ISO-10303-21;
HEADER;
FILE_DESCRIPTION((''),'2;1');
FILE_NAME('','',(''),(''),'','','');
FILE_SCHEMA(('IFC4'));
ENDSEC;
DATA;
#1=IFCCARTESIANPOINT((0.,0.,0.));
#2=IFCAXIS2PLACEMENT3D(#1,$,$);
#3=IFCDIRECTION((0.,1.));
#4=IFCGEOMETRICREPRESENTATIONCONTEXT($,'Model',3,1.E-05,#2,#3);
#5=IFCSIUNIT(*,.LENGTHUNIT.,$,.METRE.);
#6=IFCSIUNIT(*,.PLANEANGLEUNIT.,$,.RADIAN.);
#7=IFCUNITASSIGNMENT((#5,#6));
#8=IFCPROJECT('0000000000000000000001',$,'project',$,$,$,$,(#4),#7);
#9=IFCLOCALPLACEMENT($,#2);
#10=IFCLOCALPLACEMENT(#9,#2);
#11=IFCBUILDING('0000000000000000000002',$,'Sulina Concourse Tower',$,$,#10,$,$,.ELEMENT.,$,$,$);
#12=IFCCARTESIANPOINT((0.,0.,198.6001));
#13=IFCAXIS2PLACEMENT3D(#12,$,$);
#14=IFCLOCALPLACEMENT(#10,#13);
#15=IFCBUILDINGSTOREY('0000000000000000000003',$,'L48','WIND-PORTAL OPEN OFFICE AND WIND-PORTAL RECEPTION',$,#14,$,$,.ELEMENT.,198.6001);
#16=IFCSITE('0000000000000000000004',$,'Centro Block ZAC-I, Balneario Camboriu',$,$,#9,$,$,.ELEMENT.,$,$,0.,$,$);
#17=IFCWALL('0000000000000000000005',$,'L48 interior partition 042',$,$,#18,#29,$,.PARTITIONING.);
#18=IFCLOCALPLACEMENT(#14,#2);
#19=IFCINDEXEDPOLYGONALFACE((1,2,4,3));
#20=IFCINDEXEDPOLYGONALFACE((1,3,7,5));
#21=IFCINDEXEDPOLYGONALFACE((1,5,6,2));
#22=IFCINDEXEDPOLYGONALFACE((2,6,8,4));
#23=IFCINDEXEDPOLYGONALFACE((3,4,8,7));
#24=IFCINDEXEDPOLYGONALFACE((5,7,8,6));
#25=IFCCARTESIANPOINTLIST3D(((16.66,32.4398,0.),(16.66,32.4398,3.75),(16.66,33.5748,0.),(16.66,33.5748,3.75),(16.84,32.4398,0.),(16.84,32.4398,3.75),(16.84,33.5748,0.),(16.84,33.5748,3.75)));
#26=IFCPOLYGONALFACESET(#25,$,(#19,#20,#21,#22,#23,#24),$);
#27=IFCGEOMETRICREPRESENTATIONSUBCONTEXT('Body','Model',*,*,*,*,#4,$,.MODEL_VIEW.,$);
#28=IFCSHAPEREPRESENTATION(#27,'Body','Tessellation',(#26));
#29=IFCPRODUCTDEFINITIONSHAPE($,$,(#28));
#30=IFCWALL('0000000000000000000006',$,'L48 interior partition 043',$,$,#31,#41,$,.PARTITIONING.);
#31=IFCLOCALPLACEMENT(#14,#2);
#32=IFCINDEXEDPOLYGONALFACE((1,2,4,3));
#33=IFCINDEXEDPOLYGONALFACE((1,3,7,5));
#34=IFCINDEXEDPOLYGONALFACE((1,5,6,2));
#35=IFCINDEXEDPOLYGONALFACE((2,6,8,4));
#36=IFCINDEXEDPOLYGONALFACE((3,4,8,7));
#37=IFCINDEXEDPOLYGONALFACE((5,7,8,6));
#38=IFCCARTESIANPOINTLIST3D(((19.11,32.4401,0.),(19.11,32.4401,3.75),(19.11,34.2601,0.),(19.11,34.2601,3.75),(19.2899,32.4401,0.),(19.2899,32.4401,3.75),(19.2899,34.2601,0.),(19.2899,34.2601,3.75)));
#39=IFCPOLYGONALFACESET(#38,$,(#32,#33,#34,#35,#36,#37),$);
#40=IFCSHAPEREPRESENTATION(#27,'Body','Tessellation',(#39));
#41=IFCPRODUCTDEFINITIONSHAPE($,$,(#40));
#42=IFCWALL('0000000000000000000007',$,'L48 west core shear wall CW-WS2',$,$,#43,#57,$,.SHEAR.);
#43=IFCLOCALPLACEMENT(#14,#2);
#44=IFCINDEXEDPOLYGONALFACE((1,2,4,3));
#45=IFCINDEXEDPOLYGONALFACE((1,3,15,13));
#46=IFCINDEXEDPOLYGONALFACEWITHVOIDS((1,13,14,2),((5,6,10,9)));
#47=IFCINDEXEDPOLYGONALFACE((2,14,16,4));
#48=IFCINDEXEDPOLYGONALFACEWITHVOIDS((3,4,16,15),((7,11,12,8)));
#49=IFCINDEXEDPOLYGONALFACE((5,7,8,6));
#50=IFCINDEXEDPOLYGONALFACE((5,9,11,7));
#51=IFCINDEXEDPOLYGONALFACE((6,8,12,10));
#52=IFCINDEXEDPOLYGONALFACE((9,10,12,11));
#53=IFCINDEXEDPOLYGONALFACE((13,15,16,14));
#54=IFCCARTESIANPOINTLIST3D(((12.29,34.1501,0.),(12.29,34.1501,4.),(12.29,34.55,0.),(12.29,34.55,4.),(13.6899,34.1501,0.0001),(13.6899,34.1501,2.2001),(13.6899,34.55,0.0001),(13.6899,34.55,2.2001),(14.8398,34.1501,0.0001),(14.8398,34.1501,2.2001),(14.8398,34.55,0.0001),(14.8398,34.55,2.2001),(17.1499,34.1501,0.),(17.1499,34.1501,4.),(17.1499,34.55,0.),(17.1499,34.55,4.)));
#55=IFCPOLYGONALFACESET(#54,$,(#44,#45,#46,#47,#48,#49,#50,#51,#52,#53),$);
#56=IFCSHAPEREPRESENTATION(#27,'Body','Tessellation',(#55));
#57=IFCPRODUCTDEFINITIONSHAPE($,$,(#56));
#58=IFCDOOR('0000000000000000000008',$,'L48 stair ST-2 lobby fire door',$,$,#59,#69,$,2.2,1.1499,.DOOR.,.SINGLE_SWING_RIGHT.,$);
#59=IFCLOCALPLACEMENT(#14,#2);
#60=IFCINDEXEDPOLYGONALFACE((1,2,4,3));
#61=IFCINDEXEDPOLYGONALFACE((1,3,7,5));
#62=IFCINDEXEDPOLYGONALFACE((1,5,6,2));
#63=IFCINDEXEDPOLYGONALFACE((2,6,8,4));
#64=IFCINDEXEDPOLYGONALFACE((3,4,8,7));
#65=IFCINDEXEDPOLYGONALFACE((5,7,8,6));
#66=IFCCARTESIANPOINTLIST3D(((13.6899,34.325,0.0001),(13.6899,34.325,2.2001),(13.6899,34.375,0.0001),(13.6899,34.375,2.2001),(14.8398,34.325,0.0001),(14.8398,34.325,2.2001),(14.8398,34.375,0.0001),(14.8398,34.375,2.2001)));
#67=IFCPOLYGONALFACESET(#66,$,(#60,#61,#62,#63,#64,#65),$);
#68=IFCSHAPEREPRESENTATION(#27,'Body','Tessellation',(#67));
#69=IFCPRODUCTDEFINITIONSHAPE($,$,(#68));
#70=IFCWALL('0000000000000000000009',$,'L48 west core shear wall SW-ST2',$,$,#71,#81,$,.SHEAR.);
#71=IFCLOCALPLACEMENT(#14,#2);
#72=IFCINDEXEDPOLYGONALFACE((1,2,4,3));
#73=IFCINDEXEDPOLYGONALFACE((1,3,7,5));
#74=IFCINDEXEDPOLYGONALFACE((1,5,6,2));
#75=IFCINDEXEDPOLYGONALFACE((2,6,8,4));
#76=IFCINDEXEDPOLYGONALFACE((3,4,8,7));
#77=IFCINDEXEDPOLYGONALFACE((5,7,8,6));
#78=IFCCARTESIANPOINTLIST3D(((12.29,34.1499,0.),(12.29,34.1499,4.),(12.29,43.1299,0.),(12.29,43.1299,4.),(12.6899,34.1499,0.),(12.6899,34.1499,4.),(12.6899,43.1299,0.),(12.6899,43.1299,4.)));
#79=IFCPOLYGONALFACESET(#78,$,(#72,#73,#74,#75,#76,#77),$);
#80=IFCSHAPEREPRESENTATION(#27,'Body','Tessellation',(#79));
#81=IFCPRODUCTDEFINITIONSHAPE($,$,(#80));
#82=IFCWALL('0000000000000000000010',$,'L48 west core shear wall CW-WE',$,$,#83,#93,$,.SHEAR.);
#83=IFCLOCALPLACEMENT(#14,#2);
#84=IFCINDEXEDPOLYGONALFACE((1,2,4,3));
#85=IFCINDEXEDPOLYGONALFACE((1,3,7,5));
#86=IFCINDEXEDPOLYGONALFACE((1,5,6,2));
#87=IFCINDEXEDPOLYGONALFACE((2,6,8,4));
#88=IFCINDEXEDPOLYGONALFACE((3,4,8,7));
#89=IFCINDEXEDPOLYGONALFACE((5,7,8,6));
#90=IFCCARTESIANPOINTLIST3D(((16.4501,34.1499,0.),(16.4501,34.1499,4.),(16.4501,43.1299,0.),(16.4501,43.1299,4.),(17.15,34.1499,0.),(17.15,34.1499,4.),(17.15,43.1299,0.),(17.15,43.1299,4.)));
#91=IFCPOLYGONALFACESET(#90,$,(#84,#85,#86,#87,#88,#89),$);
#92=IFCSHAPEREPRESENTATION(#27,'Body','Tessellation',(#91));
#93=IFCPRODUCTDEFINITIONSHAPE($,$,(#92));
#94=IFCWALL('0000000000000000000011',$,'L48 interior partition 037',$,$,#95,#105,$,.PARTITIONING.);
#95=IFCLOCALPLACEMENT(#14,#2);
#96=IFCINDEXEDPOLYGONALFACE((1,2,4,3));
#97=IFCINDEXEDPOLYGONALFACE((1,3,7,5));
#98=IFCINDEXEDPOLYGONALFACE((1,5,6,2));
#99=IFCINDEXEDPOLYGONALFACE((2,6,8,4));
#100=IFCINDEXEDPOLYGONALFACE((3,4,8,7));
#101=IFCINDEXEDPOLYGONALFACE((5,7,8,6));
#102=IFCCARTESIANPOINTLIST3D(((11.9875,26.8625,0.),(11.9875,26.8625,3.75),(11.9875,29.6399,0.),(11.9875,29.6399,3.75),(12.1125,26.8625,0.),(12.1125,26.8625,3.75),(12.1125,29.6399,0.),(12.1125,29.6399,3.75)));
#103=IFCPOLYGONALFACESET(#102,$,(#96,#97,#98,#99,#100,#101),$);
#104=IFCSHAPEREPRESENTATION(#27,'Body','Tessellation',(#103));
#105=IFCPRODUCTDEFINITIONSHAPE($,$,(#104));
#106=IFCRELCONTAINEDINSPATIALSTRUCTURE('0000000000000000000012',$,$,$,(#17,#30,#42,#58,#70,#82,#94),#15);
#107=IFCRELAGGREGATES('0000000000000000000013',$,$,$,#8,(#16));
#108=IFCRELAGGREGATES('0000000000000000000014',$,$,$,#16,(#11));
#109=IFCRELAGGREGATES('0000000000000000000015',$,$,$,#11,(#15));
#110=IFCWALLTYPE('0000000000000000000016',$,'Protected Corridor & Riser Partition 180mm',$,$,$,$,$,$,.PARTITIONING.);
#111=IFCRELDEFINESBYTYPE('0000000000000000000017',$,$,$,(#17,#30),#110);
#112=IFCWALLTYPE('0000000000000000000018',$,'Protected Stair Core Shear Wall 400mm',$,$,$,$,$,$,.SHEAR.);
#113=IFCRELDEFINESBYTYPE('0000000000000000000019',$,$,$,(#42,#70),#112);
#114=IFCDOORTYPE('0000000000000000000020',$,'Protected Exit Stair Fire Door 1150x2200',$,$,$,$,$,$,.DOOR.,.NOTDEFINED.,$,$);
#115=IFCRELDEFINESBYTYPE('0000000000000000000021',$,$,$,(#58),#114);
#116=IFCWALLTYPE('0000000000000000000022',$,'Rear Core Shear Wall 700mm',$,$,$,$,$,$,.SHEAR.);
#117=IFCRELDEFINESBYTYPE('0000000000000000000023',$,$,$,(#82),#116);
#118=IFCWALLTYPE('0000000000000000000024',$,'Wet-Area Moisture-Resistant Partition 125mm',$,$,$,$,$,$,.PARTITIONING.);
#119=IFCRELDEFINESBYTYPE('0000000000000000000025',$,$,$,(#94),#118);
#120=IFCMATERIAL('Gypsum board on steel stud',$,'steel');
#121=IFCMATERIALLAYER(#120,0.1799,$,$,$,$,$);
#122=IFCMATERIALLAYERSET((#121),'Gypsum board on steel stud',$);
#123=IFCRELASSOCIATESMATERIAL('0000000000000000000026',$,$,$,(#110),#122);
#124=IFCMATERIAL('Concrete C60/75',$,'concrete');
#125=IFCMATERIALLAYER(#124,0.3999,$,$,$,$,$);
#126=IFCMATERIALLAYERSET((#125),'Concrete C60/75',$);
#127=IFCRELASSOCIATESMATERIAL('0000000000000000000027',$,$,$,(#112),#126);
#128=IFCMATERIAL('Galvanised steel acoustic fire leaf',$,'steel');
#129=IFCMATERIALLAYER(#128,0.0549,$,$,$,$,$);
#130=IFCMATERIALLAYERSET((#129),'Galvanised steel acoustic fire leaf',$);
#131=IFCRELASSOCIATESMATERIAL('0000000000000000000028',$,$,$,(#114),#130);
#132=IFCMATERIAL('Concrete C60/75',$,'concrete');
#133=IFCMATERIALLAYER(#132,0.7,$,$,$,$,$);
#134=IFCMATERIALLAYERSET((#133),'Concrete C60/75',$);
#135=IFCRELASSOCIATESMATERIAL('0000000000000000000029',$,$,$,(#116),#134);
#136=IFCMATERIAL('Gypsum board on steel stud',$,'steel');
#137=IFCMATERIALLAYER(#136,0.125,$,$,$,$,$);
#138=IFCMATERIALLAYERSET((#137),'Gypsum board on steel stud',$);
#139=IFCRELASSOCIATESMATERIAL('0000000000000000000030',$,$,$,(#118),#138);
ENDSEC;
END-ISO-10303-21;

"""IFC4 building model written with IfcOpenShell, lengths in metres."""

from ifc_helpers import new_model, si_unit, direction, frame, frame_2d, origin, place, context, subcontext, project, spatial, rectangle, extrude, material, layer, layer_set, type_object, element, fill, save


model = new_model("IFC4")

# Units and contexts
model_context = context("Model", 3, precision=1e-05, world=origin(), true_north=direction((0.0, 1.0)))
body_context = subcontext(model_context, "Body", "Model", "MODEL_VIEW")
ifc_project = project(units=[si_unit("LENGTHUNIT", "METRE"), si_unit("PLANEANGLEUNIT", "RADIAN")], contexts=[model_context])

# Site, building, storey
site_placement = place(None, origin())
site = spatial("IfcSite", under=ifc_project, at=site_placement, Name="Centro Block ZAC-I, Balneario Camboriu", CompositionType="ELEMENT", RefElevation=0.0)
building_placement = place(site_placement, origin())
building = spatial("IfcBuilding", under=site, at=building_placement, Name="Sulina Concourse Tower", CompositionType="ELEMENT")
storey_placement = place(building_placement, frame((0.0, 0.0, 198.6001)))
storey = spatial("IfcBuildingStorey", under=building, at=storey_placement, Name="L48", Description="WIND-PORTAL OPEN OFFICE AND WIND-PORTAL RECEPTION", CompositionType="ELEMENT", Elevation=198.6001)

# Walls
ifc_material_1 = material(Name="Gypsum board on steel stud", Category="steel")
ifc_layer_1 = layer(ifc_material_1, 0.1799)
ifc_layer_set_1 = layer_set([ifc_layer_1], Name="Gypsum board on steel stud")
wall_type_1 = type_object("IfcWallType", Name="Protected Corridor & Riser Partition 180mm", PredefinedType="PARTITIONING", material=ifc_layer_set_1)
wall_1_placement = place(storey_placement, frame((16.75, 32.4399, 0.0), z_axis=(0.0, 0.0, 1.0), x_axis=(0.0, 1.0, 0.0)))
element("IfcWall", 1, at=wall_1_placement, inside=storey, type_object=wall_type_1, Name="L48 interior partition 042", PredefinedType="PARTITIONING", context=body_context, shape_type="SweptSolid", body=[
    extrude(rectangle(XDim=1.135, YDim=0.1799, at=frame_2d((0.5674, 0.0))), origin(), (0.0, 0.0, 1.0), 3.75),
])
wall_2_placement = place(storey_placement, frame((19.2, 32.4399, 0.0), z_axis=(0.0, 0.0, 1.0), x_axis=(0.0, 1.0, 0.0)))
element("IfcWall", 2, at=wall_2_placement, inside=storey, type_object=wall_type_1, Name="L48 interior partition 043", PredefinedType="PARTITIONING", context=body_context, shape_type="SweptSolid", body=[
    extrude(rectangle(XDim=1.8201, YDim=0.1799, at=frame_2d((0.9102, 0.0))), origin(), (0.0, 0.0, 1.0), 3.75),
])

# Wall, opening, door
ifc_material_2 = material(Name="Concrete C60/75", Category="concrete")
ifc_layer_2 = layer(ifc_material_2, 0.3999)
ifc_layer_set_2 = layer_set([ifc_layer_2], Name="Concrete C60/75")
wall_type_2 = type_object("IfcWallType", Name="Protected Stair Core Shear Wall 400mm", PredefinedType="SHEAR", material=ifc_layer_set_2)
wall_3_placement = place(storey_placement, frame((12.29, 34.3501, 0.0), z_axis=(0.0, 0.0, 1.0), x_axis=(1.0, 0.0, 0.0)))
wall_3 = element("IfcWall", 3, at=wall_3_placement, inside=storey, type_object=wall_type_2, Name="L48 west core shear wall CW-WS2", PredefinedType="SHEAR", context=body_context, shape_type="SweptSolid", body=[
    extrude(rectangle(XDim=4.8599, YDim=0.3999, at=frame_2d((2.4299, 0.0))), origin(), (0.0, 0.0, 1.0), 4.0),
])
opening_1_placement = place(wall_3_placement, frame((1.3999, 0.0, 0.0)))
opening_1 = element("IfcOpeningElement", 4, at=opening_1_placement, cuts=wall_3, PredefinedType="OPENING", context=body_context, shape_type="SweptSolid", body=[
    extrude(rectangle(XDim=1.1499, YDim=2.2, at=frame_2d((0.575, 1.1001))), frame((0.0, 0.21, 0.0), z_axis=(0.0, -1.0, 0.0), x_axis=(1.0, 0.0, 0.0)), (0.0, 0.0, 1.0), 0.4199),
])
ifc_material_3 = material(Name="Galvanised steel acoustic fire leaf", Category="steel")
ifc_layer_3 = layer(ifc_material_3, 0.0549)
ifc_layer_set_3 = layer_set([ifc_layer_3], Name="Galvanised steel acoustic fire leaf")
door_type_1 = type_object("IfcDoorType", Name="Protected Exit Stair Fire Door 1150x2200", OperationType="NOTDEFINED", PredefinedType="DOOR", material=ifc_layer_set_3)
door_1_placement = place(opening_1_placement, origin())
door_1 = element("IfcDoor", 5, at=door_1_placement, inside=storey, type_object=door_type_1, Name="L48 stair ST-2 lobby fire door", OperationType="SINGLE_SWING_RIGHT", OverallHeight=2.2, OverallWidth=1.1499, PredefinedType="DOOR", context=body_context, shape_type="SweptSolid", body=[
    extrude(rectangle(XDim=1.1499, YDim=2.2, at=frame_2d((0.575, 1.1001))), frame((0.0, 0.0249, 0.0), z_axis=(0.0, -1.0, 0.0), x_axis=(1.0, 0.0, 0.0)), (0.0, 0.0, 1.0), 0.05),
])
fill(opening_1, door_1)

# Walls
wall_4_placement = place(storey_placement, frame((12.49, 34.1499, 0.0), z_axis=(0.0, 0.0, 1.0), x_axis=(0.0, 1.0, 0.0)))
element("IfcWall", 6, at=wall_4_placement, inside=storey, type_object=wall_type_2, Name="L48 west core shear wall SW-ST2", PredefinedType="SHEAR", context=body_context, shape_type="SweptSolid", body=[
    extrude(rectangle(XDim=8.98, YDim=0.3999, at=frame_2d((4.49, 0.0))), origin(), (0.0, 0.0, 1.0), 4.0),
])
ifc_material_4 = material(Name="Concrete C60/75", Category="concrete")
ifc_layer_4 = layer(ifc_material_4, 0.7)
ifc_layer_set_4 = layer_set([ifc_layer_4], Name="Concrete C60/75")
wall_type_3 = type_object("IfcWallType", Name="Rear Core Shear Wall 700mm", PredefinedType="SHEAR", material=ifc_layer_set_4)
wall_5_placement = place(storey_placement, frame((16.8, 34.1499, 0.0), z_axis=(0.0, 0.0, 1.0), x_axis=(0.0, 1.0, 0.0)))
element("IfcWall", 7, at=wall_5_placement, inside=storey, type_object=wall_type_3, Name="L48 west core shear wall CW-WE", PredefinedType="SHEAR", context=body_context, shape_type="SweptSolid", body=[
    extrude(rectangle(XDim=8.98, YDim=0.7, at=frame_2d((4.49, 0.0))), origin(), (0.0, 0.0, 1.0), 4.0),
])
ifc_material_5 = material(Name="Gypsum board on steel stud", Category="steel")
ifc_layer_5 = layer(ifc_material_5, 0.125)
ifc_layer_set_5 = layer_set([ifc_layer_5], Name="Gypsum board on steel stud")
wall_type_4 = type_object("IfcWallType", Name="Wet-Area Moisture-Resistant Partition 125mm", PredefinedType="PARTITIONING", material=ifc_layer_set_5)
wall_6_placement = place(storey_placement, frame((12.05, 26.8625, 0.0), z_axis=(0.0, 0.0, 1.0), x_axis=(0.0, 1.0, 0.0)))
element("IfcWall", 8, at=wall_6_placement, inside=storey, type_object=wall_type_4, Name="L48 interior partition 037", PredefinedType="PARTITIONING", context=body_context, shape_type="SweptSolid", body=[
    extrude(rectangle(XDim=2.7773, YDim=0.125, at=frame_2d((1.3887, 0.0))), origin(), (0.0, 0.0, 1.0), 3.75),
])

save(model, "model.ifc")
